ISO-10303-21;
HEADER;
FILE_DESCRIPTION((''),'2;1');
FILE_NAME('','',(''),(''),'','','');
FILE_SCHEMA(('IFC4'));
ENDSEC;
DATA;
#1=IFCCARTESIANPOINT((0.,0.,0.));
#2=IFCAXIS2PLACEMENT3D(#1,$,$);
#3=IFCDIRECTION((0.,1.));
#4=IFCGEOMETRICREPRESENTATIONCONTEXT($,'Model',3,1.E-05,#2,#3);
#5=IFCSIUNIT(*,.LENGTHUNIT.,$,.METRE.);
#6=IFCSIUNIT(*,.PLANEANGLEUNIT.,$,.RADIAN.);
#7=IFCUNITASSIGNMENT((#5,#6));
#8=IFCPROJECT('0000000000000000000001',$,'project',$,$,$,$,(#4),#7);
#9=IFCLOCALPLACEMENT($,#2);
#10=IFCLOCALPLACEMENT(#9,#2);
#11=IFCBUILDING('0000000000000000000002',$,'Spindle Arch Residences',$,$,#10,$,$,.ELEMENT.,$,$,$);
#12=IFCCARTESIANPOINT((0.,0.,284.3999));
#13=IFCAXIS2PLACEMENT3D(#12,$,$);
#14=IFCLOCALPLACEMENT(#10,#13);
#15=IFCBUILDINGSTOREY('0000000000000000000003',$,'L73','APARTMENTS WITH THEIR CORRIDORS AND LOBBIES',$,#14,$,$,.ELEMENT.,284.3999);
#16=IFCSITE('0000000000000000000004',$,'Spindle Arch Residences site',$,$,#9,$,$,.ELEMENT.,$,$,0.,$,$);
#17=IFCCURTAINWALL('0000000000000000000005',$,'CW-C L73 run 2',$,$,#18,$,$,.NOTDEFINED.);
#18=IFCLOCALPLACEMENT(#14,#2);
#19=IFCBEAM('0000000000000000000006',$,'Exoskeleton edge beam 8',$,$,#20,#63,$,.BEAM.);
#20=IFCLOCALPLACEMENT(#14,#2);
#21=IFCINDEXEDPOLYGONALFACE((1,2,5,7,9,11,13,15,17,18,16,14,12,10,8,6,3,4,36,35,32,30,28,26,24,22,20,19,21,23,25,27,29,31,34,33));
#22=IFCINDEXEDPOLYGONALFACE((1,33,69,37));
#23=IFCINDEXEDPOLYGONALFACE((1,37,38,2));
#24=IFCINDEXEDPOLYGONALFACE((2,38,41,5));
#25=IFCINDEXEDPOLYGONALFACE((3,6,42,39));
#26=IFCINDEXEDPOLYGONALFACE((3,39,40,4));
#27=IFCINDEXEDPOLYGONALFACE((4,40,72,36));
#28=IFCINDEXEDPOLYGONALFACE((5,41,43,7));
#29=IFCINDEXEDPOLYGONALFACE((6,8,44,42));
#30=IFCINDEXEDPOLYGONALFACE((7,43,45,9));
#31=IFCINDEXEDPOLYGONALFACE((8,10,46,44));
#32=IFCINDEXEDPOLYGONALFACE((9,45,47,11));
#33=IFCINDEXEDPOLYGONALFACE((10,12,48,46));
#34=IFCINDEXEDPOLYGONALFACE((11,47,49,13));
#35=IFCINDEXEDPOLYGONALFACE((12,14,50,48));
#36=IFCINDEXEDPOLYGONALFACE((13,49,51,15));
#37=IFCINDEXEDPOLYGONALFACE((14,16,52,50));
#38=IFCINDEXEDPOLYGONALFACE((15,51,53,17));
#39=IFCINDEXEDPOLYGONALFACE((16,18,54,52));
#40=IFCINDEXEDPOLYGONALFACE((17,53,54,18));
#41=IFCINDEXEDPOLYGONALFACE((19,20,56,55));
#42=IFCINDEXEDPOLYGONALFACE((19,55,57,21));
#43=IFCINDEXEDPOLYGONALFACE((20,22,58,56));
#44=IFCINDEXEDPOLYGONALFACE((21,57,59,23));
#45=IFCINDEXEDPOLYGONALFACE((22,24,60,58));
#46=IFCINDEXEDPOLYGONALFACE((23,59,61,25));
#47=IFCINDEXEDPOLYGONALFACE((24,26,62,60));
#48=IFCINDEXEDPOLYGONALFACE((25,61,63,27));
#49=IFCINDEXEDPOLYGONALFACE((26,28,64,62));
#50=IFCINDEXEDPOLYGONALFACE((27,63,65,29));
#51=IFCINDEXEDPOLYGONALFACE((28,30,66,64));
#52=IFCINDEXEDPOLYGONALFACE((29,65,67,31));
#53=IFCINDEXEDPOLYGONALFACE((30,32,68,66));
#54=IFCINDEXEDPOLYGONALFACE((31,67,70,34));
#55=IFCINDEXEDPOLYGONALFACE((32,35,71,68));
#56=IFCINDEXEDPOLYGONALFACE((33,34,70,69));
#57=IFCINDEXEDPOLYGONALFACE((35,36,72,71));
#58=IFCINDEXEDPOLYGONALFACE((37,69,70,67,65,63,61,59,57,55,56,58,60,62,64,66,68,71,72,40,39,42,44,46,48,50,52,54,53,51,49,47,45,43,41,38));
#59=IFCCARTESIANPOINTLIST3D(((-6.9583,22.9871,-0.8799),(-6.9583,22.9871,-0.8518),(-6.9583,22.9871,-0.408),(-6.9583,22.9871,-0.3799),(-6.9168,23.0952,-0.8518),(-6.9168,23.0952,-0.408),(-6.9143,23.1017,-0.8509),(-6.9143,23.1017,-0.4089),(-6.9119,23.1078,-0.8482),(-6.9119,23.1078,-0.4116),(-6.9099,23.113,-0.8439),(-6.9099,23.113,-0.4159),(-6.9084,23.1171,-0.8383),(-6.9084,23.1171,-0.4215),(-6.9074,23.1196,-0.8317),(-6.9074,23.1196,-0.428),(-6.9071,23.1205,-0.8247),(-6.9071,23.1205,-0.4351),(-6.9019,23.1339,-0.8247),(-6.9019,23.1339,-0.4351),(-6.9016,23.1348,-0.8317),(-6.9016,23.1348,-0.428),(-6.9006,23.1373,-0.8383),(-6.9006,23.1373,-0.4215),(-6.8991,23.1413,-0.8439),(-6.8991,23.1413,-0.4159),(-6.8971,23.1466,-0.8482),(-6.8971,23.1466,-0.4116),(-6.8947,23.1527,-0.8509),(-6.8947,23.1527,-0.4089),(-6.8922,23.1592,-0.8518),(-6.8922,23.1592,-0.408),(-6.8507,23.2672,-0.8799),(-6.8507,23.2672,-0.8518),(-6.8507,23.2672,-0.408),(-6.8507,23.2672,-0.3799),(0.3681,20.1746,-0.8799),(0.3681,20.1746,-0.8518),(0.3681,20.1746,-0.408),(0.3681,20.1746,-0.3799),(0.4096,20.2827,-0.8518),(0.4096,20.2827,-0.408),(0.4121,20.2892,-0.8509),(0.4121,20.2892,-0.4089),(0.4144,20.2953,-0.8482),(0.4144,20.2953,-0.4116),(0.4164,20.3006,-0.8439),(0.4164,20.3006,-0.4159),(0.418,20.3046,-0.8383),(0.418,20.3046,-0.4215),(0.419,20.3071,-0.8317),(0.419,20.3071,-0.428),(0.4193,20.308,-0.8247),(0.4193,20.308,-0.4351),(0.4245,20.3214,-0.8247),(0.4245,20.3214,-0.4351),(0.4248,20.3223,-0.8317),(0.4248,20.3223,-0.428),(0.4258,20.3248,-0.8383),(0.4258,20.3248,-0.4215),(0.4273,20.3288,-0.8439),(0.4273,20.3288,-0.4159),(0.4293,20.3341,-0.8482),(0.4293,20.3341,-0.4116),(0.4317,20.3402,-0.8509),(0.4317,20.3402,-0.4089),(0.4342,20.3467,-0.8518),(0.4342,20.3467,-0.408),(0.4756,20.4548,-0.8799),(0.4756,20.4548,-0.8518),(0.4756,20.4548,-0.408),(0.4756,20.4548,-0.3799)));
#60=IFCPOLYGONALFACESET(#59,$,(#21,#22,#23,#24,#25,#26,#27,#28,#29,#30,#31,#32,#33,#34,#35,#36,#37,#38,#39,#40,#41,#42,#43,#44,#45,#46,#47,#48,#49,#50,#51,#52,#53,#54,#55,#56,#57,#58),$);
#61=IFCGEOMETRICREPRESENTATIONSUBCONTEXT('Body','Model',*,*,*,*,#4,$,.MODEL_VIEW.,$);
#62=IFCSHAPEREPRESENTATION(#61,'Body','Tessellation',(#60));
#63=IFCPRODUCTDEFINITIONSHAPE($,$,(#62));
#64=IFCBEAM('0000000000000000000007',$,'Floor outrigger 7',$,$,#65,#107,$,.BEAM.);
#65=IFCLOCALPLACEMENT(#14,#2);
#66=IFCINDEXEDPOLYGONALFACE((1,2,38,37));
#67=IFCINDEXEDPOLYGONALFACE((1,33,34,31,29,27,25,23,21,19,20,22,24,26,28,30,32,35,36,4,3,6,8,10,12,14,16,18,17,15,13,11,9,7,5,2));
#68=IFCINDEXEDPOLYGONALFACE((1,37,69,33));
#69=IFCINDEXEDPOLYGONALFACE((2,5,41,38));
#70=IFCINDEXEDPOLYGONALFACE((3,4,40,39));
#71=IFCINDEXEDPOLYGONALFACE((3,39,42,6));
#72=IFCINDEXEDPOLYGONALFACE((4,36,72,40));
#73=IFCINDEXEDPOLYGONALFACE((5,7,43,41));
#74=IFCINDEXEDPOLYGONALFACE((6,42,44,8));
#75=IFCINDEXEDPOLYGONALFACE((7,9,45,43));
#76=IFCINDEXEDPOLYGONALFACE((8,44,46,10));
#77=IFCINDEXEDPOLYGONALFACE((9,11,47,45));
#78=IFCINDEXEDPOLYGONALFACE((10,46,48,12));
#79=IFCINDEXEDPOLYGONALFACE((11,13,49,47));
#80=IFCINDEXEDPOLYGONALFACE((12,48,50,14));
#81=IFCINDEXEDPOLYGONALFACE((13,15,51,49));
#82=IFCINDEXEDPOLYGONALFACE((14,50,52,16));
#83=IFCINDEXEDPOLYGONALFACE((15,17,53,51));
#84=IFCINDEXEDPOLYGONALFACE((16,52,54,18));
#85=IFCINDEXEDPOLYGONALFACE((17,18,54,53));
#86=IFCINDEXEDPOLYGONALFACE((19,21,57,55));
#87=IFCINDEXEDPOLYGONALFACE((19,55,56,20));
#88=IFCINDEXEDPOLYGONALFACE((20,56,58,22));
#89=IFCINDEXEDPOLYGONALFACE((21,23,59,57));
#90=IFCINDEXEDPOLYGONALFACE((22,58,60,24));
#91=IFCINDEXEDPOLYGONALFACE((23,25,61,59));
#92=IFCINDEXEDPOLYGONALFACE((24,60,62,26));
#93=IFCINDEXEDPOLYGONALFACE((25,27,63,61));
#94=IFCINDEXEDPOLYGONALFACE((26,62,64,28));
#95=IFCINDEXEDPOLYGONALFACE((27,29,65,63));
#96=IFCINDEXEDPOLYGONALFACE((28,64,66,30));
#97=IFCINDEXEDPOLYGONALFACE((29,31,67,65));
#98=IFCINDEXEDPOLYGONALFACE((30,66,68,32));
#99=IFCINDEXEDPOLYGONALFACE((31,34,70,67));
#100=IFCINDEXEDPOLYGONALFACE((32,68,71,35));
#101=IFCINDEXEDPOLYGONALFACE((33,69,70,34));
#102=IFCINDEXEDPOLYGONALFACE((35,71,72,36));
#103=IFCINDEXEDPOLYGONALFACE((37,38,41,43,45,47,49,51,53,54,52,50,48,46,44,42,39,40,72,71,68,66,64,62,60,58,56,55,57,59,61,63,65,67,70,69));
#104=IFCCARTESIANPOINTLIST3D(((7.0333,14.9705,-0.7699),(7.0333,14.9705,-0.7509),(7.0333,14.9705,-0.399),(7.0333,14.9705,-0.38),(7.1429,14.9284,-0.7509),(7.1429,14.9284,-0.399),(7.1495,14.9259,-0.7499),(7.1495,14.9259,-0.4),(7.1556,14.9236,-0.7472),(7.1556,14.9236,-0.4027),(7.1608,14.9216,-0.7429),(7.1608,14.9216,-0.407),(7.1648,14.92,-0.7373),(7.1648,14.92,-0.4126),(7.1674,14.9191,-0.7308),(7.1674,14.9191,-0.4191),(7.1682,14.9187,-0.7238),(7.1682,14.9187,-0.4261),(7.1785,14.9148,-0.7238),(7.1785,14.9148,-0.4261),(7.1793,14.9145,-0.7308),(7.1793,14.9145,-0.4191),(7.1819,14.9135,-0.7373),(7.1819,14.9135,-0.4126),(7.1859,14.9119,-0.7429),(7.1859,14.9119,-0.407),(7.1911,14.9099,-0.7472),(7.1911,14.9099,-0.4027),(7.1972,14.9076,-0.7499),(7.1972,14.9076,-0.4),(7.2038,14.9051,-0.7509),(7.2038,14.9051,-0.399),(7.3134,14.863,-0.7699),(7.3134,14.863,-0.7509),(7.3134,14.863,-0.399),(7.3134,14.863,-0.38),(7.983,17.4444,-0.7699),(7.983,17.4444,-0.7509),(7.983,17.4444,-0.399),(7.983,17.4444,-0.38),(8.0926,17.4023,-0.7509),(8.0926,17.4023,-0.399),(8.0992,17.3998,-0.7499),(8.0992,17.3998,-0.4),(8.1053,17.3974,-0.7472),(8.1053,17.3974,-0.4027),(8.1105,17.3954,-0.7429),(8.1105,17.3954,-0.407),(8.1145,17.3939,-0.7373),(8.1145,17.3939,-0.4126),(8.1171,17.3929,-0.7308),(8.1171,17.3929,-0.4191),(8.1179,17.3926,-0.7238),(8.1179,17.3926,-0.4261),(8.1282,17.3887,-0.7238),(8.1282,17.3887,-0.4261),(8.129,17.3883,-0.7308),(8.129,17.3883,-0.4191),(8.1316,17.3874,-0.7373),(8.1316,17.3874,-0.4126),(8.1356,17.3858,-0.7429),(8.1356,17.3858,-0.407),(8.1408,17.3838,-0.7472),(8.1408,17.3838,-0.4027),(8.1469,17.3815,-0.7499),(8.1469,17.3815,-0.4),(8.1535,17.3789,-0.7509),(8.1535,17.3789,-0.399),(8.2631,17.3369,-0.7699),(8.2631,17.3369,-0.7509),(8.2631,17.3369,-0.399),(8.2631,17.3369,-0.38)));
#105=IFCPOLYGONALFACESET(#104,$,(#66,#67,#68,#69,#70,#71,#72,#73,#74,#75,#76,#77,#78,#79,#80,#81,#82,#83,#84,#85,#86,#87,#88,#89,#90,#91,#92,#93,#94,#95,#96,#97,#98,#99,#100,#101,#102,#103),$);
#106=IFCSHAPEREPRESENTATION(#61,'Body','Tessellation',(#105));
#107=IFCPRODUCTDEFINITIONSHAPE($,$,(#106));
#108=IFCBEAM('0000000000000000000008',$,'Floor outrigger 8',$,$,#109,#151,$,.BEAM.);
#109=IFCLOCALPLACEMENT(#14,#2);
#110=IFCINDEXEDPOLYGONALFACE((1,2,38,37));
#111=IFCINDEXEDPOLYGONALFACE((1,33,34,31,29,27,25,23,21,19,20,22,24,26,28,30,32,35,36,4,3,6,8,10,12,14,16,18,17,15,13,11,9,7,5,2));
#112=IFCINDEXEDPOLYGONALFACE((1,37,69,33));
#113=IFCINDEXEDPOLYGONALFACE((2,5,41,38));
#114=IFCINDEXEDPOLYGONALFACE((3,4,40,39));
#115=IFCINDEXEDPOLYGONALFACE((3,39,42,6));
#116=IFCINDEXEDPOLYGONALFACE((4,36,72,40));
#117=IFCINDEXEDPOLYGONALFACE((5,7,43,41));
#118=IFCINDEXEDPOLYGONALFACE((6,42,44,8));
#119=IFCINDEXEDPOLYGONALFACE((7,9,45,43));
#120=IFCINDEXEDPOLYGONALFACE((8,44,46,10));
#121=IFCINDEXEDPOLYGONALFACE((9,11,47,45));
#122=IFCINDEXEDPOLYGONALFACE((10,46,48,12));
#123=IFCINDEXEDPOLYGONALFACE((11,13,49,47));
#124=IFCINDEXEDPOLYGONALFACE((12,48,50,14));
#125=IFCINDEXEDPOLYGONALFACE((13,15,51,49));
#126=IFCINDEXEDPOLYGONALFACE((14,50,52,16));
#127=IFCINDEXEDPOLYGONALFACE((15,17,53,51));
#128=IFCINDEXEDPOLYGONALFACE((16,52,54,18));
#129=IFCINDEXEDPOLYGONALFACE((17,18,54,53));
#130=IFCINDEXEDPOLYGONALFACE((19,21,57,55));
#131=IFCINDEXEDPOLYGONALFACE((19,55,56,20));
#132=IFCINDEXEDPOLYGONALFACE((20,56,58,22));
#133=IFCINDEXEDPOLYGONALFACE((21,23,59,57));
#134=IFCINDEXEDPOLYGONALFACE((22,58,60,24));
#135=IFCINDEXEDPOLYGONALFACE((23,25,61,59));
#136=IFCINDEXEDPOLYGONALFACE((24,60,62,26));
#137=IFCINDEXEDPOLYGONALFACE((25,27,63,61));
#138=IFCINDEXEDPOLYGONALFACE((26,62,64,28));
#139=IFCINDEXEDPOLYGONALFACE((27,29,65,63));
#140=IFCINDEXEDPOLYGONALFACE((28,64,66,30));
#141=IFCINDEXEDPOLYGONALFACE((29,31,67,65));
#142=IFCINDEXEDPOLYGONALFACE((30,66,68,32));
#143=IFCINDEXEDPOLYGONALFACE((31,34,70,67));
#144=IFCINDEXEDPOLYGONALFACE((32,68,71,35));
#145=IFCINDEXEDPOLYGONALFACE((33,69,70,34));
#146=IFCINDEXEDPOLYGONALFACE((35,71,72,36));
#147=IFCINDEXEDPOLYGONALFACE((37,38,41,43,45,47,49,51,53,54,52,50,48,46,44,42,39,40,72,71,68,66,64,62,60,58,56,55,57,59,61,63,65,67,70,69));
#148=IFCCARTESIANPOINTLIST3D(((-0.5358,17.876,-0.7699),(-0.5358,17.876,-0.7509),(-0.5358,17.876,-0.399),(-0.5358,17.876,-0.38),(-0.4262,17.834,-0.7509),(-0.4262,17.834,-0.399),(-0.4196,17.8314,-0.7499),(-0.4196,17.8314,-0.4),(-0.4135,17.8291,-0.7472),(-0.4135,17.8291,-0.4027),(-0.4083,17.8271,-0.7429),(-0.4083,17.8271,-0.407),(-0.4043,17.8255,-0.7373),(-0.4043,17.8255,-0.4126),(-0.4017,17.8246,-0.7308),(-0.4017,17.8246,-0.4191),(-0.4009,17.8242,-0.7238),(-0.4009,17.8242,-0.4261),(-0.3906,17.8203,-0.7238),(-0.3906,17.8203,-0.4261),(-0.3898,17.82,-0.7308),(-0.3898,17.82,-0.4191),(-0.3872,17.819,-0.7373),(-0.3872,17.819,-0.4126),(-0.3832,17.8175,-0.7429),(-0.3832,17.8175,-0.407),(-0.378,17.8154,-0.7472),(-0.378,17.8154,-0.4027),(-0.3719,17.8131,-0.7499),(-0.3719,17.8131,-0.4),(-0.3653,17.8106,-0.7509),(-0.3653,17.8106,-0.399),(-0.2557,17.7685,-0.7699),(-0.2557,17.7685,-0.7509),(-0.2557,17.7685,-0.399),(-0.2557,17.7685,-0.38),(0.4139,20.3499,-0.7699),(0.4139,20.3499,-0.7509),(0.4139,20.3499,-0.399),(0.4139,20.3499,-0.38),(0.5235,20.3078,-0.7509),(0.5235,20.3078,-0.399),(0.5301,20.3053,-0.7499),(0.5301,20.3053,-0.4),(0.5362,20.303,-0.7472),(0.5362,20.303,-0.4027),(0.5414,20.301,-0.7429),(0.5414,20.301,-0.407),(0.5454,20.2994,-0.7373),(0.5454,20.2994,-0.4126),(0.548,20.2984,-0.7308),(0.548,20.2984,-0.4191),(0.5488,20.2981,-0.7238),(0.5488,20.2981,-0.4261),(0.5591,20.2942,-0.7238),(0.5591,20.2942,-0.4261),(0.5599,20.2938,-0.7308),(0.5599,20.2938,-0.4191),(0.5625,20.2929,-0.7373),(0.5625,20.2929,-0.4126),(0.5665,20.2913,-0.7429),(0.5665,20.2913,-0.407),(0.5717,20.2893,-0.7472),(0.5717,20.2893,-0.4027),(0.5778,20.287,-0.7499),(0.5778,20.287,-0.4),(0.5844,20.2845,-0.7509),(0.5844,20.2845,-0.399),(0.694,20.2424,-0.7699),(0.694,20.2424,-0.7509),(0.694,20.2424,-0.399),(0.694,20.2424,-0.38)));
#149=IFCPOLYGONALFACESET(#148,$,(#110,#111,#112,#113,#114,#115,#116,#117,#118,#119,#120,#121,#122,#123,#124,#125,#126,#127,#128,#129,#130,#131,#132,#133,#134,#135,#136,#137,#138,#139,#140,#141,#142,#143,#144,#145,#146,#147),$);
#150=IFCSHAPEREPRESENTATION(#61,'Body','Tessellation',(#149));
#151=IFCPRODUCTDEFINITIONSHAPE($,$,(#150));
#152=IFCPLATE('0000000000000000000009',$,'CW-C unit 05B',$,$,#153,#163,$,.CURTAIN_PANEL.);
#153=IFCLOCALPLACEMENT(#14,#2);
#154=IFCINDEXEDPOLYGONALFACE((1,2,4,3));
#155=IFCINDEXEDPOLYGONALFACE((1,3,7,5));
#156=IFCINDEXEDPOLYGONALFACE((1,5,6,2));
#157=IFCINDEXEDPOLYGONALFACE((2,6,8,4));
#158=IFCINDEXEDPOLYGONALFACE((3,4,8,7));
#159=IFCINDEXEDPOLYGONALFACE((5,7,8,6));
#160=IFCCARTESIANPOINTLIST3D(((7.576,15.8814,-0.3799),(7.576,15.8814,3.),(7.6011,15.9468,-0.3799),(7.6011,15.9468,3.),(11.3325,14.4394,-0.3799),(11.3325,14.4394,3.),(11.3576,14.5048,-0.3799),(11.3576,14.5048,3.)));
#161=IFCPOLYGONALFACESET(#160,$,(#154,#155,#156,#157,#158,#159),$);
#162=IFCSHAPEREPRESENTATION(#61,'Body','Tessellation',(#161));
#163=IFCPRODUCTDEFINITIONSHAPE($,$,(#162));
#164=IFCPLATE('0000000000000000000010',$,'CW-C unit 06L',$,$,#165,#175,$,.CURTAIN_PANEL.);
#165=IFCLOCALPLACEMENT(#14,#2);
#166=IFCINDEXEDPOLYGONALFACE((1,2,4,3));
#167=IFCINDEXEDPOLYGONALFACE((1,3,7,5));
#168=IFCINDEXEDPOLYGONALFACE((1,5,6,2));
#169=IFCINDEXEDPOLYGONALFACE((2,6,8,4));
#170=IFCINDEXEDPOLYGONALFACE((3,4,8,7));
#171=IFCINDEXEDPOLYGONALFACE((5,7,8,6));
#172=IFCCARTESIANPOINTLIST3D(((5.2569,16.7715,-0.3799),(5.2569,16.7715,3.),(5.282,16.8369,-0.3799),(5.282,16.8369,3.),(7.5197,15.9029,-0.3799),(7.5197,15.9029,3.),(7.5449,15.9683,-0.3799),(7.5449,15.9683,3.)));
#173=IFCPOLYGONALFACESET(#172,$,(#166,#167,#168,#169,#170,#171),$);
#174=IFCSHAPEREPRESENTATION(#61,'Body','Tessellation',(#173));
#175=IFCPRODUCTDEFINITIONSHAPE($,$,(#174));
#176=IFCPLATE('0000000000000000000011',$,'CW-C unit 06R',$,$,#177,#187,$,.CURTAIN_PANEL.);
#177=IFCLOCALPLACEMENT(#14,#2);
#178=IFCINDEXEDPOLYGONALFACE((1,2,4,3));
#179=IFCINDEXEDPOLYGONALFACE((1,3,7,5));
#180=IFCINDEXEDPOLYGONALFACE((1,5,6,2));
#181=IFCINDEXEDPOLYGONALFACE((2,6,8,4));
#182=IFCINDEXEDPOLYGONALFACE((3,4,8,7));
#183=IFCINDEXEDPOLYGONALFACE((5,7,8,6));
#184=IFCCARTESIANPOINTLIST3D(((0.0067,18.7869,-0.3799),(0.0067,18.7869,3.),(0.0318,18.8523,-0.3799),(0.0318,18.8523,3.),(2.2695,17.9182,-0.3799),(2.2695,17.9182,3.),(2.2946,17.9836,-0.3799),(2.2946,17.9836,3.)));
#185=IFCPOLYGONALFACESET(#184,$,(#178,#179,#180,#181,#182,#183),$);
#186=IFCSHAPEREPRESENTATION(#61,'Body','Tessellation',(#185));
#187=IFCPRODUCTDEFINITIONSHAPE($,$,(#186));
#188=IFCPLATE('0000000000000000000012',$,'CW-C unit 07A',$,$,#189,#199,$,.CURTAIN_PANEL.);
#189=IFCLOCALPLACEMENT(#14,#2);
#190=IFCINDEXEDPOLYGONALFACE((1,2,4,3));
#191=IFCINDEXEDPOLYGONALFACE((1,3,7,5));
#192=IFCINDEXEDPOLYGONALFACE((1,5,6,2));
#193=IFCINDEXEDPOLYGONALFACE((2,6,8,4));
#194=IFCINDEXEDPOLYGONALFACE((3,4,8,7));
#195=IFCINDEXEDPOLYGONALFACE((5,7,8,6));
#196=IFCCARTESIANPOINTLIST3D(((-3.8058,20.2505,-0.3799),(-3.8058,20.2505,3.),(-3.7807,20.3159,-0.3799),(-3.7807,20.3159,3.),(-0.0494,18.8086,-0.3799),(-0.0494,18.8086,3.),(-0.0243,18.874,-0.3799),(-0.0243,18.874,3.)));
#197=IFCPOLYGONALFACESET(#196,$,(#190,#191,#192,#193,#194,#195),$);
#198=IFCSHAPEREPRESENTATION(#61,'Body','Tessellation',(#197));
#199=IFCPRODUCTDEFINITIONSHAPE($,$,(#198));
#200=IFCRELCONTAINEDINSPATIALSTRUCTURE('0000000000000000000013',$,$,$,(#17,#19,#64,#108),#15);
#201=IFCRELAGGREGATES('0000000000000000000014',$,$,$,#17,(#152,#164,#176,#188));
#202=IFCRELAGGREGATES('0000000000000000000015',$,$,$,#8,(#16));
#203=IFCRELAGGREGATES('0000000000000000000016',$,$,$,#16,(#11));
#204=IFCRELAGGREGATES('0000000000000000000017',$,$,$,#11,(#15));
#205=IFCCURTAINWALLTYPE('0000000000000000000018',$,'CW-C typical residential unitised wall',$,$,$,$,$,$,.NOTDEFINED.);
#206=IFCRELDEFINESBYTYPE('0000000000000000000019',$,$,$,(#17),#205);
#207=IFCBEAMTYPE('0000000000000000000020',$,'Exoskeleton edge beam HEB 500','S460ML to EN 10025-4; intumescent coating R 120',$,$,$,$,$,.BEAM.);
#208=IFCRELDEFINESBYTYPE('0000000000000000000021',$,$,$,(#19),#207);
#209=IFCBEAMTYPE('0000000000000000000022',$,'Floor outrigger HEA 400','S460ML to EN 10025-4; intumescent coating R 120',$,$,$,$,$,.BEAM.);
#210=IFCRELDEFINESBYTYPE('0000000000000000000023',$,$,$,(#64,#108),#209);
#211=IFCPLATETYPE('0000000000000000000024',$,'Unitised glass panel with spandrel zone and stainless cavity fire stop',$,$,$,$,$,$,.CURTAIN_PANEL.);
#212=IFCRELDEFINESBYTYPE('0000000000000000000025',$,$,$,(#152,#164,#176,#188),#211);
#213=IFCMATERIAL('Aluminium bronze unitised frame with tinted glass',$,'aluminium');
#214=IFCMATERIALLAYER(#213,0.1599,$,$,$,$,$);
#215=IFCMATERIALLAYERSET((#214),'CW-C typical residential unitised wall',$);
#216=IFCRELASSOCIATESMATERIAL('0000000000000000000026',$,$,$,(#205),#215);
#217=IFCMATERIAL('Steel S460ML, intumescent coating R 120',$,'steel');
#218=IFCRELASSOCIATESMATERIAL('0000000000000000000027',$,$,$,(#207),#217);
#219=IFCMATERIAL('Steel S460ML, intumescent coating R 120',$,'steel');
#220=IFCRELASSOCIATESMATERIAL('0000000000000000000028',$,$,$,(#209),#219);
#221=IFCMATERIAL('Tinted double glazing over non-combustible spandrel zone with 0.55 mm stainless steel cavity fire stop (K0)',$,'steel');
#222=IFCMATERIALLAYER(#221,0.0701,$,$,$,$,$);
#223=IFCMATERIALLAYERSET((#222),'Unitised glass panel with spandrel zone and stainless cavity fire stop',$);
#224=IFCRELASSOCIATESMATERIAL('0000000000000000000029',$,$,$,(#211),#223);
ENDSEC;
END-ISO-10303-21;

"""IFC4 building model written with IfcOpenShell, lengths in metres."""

from ifc_helpers import new_model, si_unit, direction, frame, origin, origin_2d, place, context, subcontext, project, spatial, rectangle, i_section, extrude, material, layer, layer_set, material_profile, profile_set, type_object, element, aggregate, save


model = new_model("IFC4")

# Units and contexts
model_context = context("Model", 3, precision=1e-05, world=origin(), true_north=direction((0.0, 1.0)))
body_context = subcontext(model_context, "Body", "Model", "MODEL_VIEW")
ifc_project = project(units=[si_unit("LENGTHUNIT", "METRE"), si_unit("PLANEANGLEUNIT", "RADIAN")], contexts=[model_context])

# Site, building, storey
site_placement = place(None, origin())
site = spatial("IfcSite", under=ifc_project, at=site_placement, Name="Spindle Arch Residences site", CompositionType="ELEMENT", RefElevation=0.0)
building_placement = place(site_placement, origin())
building = spatial("IfcBuilding", under=site, at=building_placement, Name="Spindle Arch Residences", CompositionType="ELEMENT")
storey_placement = place(building_placement, frame((0.0, 0.0, 284.3999)))
storey = spatial("IfcBuildingStorey", under=building, at=storey_placement, Name="L73", Description="APARTMENTS WITH THEIR CORRIDORS AND LOBBIES", CompositionType="ELEMENT", Elevation=284.3999)

# Curtain wall
ifc_material_1 = material(Name="Aluminium bronze unitised frame with tinted glass", Category="aluminium")
ifc_layer_1 = layer(ifc_material_1, 0.1599)
ifc_layer_set_1 = layer_set([ifc_layer_1], Name="CW-C typical residential unitised wall")
curtain_wall_type = type_object("IfcCurtainWallType", Name="CW-C typical residential unitised wall", PredefinedType="NOTDEFINED", material=ifc_layer_set_1)
curtain_wall_placement = place(storey_placement, origin())
curtain_wall = element("IfcCurtainWall", 1, at=curtain_wall_placement, inside=storey, type_object=curtain_wall_type, Name="CW-C L73 run 2", PredefinedType="NOTDEFINED")

# Beams
ifc_material_2 = material(Name="Steel S460ML, intumescent coating R 120", Category="steel")
ifc_material_profile_1 = material_profile(ifc_material_2, i_section(OverallWidth=0.3, OverallDepth=0.5, WebThickness=0.0144, FlangeThickness=0.0281, FilletRadius=0.0271, at=origin_2d()), Name="HEB 500")
ifc_profile_set_1 = profile_set([ifc_material_profile_1], Name="Steel S460ML, intumescent coating R 120")
beam_type_1 = type_object("IfcBeamType", Name="Exoskeleton edge beam HEB 500", Description="S460ML to EN 10025-4; intumescent coating R 120", PredefinedType="BEAM", material=ifc_profile_set_1)
for number, where, z_axis, x_axis, name in (
    (2, (0.4219, 20.3147, -0.6299), (-0.933574, 0.358385, 0.0), (-0.358385, -0.933574, 0.0), "Exoskeleton edge beam 8"),
):
    element("IfcBeam", number, at=place(storey_placement, frame(where, z_axis=z_axis, x_axis=x_axis)), inside=storey, type_object=beam_type_1, Name=name, PredefinedType="BEAM", context=body_context, shape_type="SweptSolid", body=[
        extrude(i_section(OverallWidth=0.3, OverallDepth=0.5, WebThickness=0.0144, FlangeThickness=0.0281, FilletRadius=0.0271, at=origin_2d()), origin(), (0.0, 0.0, 1.0), 7.8477),
    ])
ifc_material_3 = material(Name="Steel S460ML, intumescent coating R 120", Category="steel")
ifc_material_profile_2 = material_profile(ifc_material_3, i_section(OverallWidth=0.3, OverallDepth=0.3899, WebThickness=0.011, FlangeThickness=0.019, FilletRadius=0.0271, at=origin_2d()), Name="HEA 400")
ifc_profile_set_2 = profile_set([ifc_material_profile_2], Name="Steel S460ML, intumescent coating R 120")
beam_type_2 = type_object("IfcBeamType", Name="Floor outrigger HEA 400", Description="S460ML to EN 10025-4; intumescent coating R 120", PredefinedType="BEAM", material=ifc_profile_set_2)
for number, where, z_axis, x_axis, name in (
    (3, (8.123, 17.3906, -0.575), (-0.358392, -0.933571, 0.0), (0.933571, -0.358392, 0.0), "Floor outrigger 7"),
    (4, (0.554, 20.2961, -0.575), (-0.358392, -0.933571, 0.0), (0.933571, -0.358392, 0.0), "Floor outrigger 8"),
):
    element("IfcBeam", number, at=place(storey_placement, frame(where, z_axis=z_axis, x_axis=x_axis)), inside=storey, type_object=beam_type_2, Name=name, PredefinedType="BEAM", context=body_context, shape_type="SweptSolid", body=[
        extrude(i_section(OverallWidth=0.3, OverallDepth=0.3899, WebThickness=0.011, FlangeThickness=0.019, FilletRadius=0.0271, at=origin_2d()), origin(), (0.0, 0.0, 1.0), 2.6499),
    ])

# Plates
ifc_material_4 = material(Name="Tinted double glazing over non-combustible spandrel zone with 0.55 mm stainless steel cavity fire stop (K0)", Category="steel")
ifc_layer_2 = layer(ifc_material_4, 0.0701)
ifc_layer_set_2 = layer_set([ifc_layer_2], Name="Unitised glass panel with spandrel zone and stainless cavity fire stop")
plate_type = type_object("IfcPlateType", Name="Unitised glass panel with spandrel zone and stainless cavity fire stop", PredefinedType="CURTAIN_PANEL", material=ifc_layer_set_2)
plate_1_placement = place(storey_placement, frame((9.4668, 15.1931, -0.3799), z_axis=(0.0, 0.0, 1.0), x_axis=(-0.93358, 0.358368, 0.0)))
plate_1 = element("IfcPlate", 5, at=plate_1_placement, type_object=plate_type, Name="CW-C unit 05B", PredefinedType="CURTAIN_PANEL", context=body_context, shape_type="SweptSolid", body=[
    extrude(rectangle(XDim=4.0237, YDim=0.0701, at=origin_2d()), origin(), (0.0, 0.0, 1.0), 3.3799),
])
plate_2_placement = place(storey_placement, frame((6.4009, 16.3699, -0.3799), z_axis=(0.0, 0.0, 1.0), x_axis=(-0.93358, 0.358368, 0.0)))
plate_2 = element("IfcPlate", 6, at=plate_2_placement, type_object=plate_type, Name="CW-C unit 06L", PredefinedType="CURTAIN_PANEL", context=body_context, shape_type="SweptSolid", body=[
    extrude(rectangle(XDim=2.4238, YDim=0.0701, at=origin_2d()), origin(), (0.0, 0.0, 1.0), 3.3799),
])
plate_3_placement = place(storey_placement, frame((1.1506, 18.3853, -0.3799), z_axis=(0.0, 0.0, 1.0), x_axis=(-0.93358, 0.358368, 0.0)))
plate_3 = element("IfcPlate", 7, at=plate_3_placement, type_object=plate_type, Name="CW-C unit 06R", PredefinedType="CURTAIN_PANEL", context=body_context, shape_type="SweptSolid", body=[
    extrude(rectangle(XDim=2.4238, YDim=0.0701, at=origin_2d()), origin(), (0.0, 0.0, 1.0), 3.3799),
])
plate_4_placement = place(storey_placement, frame((-1.915, 19.5623, -0.3799), z_axis=(0.0, 0.0, 1.0), x_axis=(-0.93358, 0.358368, 0.0)))
plate_4 = element("IfcPlate", 8, at=plate_4_placement, type_object=plate_type, Name="CW-C unit 07A", PredefinedType="CURTAIN_PANEL", context=body_context, shape_type="SweptSolid", body=[
    extrude(rectangle(XDim=4.0237, YDim=0.0701, at=origin_2d()), origin(), (0.0, 0.0, 1.0), 3.3799),
])
aggregate(curtain_wall, [plate_1, plate_2, plate_3, plate_4])

save(model, "model.ifc")
